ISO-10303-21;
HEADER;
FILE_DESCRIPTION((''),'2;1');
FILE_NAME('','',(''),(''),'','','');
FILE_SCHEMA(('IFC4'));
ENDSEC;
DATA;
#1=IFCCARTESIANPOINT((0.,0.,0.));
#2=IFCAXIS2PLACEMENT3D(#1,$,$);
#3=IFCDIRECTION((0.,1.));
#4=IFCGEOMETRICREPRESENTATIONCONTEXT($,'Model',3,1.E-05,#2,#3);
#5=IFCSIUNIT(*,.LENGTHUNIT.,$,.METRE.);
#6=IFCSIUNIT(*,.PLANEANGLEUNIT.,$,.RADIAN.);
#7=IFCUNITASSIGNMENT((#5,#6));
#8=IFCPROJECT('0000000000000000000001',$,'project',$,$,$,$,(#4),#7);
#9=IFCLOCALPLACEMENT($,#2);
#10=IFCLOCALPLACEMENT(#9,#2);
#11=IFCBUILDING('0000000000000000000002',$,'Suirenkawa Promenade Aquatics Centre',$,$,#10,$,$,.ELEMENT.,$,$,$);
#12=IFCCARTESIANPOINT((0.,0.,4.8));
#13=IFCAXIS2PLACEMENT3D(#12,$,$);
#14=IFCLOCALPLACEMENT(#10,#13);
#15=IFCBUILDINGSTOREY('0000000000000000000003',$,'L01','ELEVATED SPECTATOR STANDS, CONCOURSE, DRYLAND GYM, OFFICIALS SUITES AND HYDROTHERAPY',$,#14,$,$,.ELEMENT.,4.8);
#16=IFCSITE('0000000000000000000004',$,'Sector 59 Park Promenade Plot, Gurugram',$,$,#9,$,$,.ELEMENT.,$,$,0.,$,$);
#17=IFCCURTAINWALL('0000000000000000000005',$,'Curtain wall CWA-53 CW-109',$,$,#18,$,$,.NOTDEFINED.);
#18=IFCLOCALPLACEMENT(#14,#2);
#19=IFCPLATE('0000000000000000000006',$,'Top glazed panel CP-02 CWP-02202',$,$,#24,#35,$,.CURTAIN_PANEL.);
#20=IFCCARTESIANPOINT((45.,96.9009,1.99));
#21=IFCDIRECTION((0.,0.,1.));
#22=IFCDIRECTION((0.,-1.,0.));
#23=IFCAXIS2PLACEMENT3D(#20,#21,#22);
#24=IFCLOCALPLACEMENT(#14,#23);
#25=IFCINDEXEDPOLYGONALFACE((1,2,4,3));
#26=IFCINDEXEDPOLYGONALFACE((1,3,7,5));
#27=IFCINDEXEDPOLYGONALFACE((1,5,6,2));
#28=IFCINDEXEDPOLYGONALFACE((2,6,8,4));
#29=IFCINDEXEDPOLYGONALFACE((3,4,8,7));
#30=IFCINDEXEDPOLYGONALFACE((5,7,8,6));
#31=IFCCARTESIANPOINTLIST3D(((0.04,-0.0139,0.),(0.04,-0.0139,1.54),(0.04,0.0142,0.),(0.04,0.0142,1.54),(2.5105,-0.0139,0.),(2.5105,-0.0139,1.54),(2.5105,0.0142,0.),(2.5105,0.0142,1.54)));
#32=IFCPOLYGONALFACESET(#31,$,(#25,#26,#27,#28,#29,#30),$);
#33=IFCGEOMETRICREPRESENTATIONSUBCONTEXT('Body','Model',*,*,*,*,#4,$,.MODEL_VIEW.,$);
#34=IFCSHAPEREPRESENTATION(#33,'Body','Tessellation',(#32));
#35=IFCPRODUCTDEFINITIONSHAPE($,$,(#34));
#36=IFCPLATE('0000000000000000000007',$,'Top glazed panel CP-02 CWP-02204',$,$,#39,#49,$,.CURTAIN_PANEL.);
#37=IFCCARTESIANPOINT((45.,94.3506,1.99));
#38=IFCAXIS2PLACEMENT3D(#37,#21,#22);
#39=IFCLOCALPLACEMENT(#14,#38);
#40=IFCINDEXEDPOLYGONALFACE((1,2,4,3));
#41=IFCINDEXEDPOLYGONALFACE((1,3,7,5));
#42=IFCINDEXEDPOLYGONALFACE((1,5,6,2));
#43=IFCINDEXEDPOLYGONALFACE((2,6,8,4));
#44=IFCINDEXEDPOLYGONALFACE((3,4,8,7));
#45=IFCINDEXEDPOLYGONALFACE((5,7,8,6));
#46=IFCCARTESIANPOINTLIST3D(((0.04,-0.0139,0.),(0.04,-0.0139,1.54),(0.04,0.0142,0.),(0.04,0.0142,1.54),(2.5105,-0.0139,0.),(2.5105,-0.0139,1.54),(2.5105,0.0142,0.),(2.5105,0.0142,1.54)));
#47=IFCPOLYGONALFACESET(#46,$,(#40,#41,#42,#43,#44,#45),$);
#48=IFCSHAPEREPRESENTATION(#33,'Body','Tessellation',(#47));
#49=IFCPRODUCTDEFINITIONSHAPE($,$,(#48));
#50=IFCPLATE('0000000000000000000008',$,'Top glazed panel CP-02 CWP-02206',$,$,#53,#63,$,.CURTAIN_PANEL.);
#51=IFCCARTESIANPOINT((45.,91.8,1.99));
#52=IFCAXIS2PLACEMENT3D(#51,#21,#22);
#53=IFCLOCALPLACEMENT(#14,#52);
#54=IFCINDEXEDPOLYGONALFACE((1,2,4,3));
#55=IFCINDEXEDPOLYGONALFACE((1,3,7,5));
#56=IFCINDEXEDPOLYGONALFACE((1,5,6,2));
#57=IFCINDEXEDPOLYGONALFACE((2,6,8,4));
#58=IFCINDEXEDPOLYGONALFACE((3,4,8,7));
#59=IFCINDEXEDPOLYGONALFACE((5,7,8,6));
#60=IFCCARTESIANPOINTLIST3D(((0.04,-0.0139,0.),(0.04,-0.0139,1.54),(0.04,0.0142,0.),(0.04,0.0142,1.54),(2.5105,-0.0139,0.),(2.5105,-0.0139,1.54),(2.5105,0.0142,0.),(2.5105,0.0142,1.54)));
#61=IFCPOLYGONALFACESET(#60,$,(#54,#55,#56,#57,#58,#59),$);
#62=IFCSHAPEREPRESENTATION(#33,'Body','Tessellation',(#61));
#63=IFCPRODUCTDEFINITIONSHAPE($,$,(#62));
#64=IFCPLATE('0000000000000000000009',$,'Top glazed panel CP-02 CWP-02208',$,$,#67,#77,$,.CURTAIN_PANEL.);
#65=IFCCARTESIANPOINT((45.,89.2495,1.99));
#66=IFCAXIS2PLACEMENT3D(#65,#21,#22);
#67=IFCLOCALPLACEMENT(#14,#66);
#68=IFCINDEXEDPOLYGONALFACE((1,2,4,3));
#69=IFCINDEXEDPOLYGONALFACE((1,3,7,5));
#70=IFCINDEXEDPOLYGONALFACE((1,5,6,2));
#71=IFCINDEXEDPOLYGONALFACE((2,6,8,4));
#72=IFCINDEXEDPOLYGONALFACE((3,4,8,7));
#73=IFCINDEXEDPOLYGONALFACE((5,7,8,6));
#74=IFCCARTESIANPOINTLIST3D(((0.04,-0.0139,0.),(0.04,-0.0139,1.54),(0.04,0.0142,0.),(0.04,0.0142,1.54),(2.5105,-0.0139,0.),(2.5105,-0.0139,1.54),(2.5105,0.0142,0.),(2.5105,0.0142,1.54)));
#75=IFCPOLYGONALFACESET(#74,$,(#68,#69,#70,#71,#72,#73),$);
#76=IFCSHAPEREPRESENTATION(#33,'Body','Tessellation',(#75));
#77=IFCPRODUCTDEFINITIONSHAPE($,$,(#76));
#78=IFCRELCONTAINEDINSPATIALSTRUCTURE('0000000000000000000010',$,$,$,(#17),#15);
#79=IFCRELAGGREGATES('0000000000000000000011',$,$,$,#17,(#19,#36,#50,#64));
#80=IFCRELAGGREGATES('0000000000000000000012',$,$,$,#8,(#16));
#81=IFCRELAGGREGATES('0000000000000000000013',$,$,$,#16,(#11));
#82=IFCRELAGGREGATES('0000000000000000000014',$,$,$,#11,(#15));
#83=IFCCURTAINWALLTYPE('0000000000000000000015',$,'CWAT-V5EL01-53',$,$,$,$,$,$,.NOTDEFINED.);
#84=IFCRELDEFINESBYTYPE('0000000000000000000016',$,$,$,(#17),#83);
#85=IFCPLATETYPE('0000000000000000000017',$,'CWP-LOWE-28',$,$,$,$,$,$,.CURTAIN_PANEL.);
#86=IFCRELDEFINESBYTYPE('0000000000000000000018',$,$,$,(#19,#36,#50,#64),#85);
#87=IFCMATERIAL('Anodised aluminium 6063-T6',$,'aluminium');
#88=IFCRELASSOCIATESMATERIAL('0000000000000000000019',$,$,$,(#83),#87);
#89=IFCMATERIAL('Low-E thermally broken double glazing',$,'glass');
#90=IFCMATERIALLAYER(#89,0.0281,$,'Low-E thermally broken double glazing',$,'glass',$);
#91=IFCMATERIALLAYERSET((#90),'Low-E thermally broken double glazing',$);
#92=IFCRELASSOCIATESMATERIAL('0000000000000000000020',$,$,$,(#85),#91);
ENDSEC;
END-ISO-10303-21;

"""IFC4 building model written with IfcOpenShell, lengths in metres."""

from ifc_helpers import new_model, si_unit, direction, frame, origin, place, context, subcontext, project, spatial, polyline, outline, extrude, material, layer, layer_set, type_object, element, aggregate, save


model = new_model("IFC4")

# Units and contexts
model_context = context("Model", 3, precision=1e-05, world=origin(), true_north=direction((0.0, 1.0)))
body_context = subcontext(model_context, "Body", "Model", "MODEL_VIEW")
ifc_project = project(units=[si_unit("LENGTHUNIT", "METRE"), si_unit("PLANEANGLEUNIT", "RADIAN")], contexts=[model_context])

# Site, building, storey
site_placement = place(None, origin())
site = spatial("IfcSite", under=ifc_project, at=site_placement, Name="Sector 59 Park Promenade Plot, Gurugram", CompositionType="ELEMENT", RefElevation=0.0)
building_placement = place(site_placement, origin())
building = spatial("IfcBuilding", under=site, at=building_placement, Name="Suirenkawa Promenade Aquatics Centre", CompositionType="ELEMENT")
storey_placement = place(building_placement, frame((0.0, 0.0, 4.8)))
storey = spatial("IfcBuildingStorey", under=building, at=storey_placement, Name="L01", Description="ELEVATED SPECTATOR STANDS, CONCOURSE, DRYLAND GYM, OFFICIALS SUITES AND HYDROTHERAPY", CompositionType="ELEMENT", Elevation=4.8)

# Curtain wall
ifc_material_1 = material(Name="Anodised aluminium 6063-T6", Category="aluminium")
curtain_wall_type_1 = type_object("IfcCurtainWallType", Name="CWAT-V5EL01-53", PredefinedType="NOTDEFINED", material=ifc_material_1)
curtain_wall_1_placement = place(storey_placement, origin())
curtain_wall_1 = element("IfcCurtainWall", 1, at=curtain_wall_1_placement, inside=storey, type_object=curtain_wall_type_1, Name="Curtain wall CWA-53 CW-109", PredefinedType="NOTDEFINED")

# Plates
ifc_material_2 = material(Name="Low-E thermally broken double glazing", Category="glass")
ifc_layer_1 = layer(ifc_material_2, 0.0281, Name="Low-E thermally broken double glazing", Category="glass")
ifc_layer_set_1 = layer_set([ifc_layer_1], Name="Low-E thermally broken double glazing")
plate_type_1 = type_object("IfcPlateType", Name="CWP-LOWE-28", PredefinedType="CURTAIN_PANEL", material=ifc_layer_set_1)
plate_1_placement = place(storey_placement, frame((45.0, 96.9009, 1.99), z_axis=(0.0, 0.0, 1.0), x_axis=(0.0, -1.0, 0.0)))
plate_1 = element("IfcPlate", 2, at=plate_1_placement, type_object=plate_type_1, Name="Top glazed panel CP-02 CWP-02202", PredefinedType="CURTAIN_PANEL", context=body_context, shape_type="SweptSolid", body=[
    extrude(outline(polyline([(0.04, 0.0), (2.5105, 0.0), (2.5105, 1.54), (0.04, 1.54), (0.04, 0.0)])), frame((0.0, 0.0142, 0.0), z_axis=(0.0, -1.0, 0.0), x_axis=(1.0, 0.0, 0.0)), (0.0, 0.0, 1.0), 0.0281),
])
plate_2_placement = place(storey_placement, frame((45.0, 94.3506, 1.99), z_axis=(0.0, 0.0, 1.0), x_axis=(0.0, -1.0, 0.0)))
plate_2 = element("IfcPlate", 3, at=plate_2_placement, type_object=plate_type_1, Name="Top glazed panel CP-02 CWP-02204", PredefinedType="CURTAIN_PANEL", context=body_context, shape_type="SweptSolid", body=[
    extrude(outline(polyline([(0.04, 0.0), (2.5105, 0.0), (2.5105, 1.54), (0.04, 1.54), (0.04, 0.0)])), frame((0.0, 0.0142, 0.0), z_axis=(0.0, -1.0, 0.0), x_axis=(1.0, 0.0, 0.0)), (0.0, 0.0, 1.0), 0.0281),
])
plate_3_placement = place(storey_placement, frame((45.0, 91.8, 1.99), z_axis=(0.0, 0.0, 1.0), x_axis=(0.0, -1.0, 0.0)))
plate_3 = element("IfcPlate", 4, at=plate_3_placement, type_object=plate_type_1, Name="Top glazed panel CP-02 CWP-02206", PredefinedType="CURTAIN_PANEL", context=body_context, shape_type="SweptSolid", body=[
    extrude(outline(polyline([(0.04, 0.0), (2.5105, 0.0), (2.5105, 1.54), (0.04, 1.54), (0.04, 0.0)])), frame((0.0, 0.0142, 0.0), z_axis=(0.0, -1.0, 0.0), x_axis=(1.0, 0.0, 0.0)), (0.0, 0.0, 1.0), 0.0281),
])
plate_4_placement = place(storey_placement, frame((45.0, 89.2495, 1.99), z_axis=(0.0, 0.0, 1.0), x_axis=(0.0, -1.0, 0.0)))
plate_4 = element("IfcPlate", 5, at=plate_4_placement, type_object=plate_type_1, Name="Top glazed panel CP-02 CWP-02208", PredefinedType="CURTAIN_PANEL", context=body_context, shape_type="SweptSolid", body=[
    extrude(outline(polyline([(0.04, 0.0), (2.5105, 0.0), (2.5105, 1.54), (0.04, 1.54), (0.04, 0.0)])), frame((0.0, 0.0142, 0.0), z_axis=(0.0, -1.0, 0.0), x_axis=(1.0, 0.0, 0.0)), (0.0, 0.0, 1.0), 0.0281),
])
aggregate(curtain_wall_1, [plate_1, plate_2, plate_3, plate_4])

save(model, "model.ifc")
